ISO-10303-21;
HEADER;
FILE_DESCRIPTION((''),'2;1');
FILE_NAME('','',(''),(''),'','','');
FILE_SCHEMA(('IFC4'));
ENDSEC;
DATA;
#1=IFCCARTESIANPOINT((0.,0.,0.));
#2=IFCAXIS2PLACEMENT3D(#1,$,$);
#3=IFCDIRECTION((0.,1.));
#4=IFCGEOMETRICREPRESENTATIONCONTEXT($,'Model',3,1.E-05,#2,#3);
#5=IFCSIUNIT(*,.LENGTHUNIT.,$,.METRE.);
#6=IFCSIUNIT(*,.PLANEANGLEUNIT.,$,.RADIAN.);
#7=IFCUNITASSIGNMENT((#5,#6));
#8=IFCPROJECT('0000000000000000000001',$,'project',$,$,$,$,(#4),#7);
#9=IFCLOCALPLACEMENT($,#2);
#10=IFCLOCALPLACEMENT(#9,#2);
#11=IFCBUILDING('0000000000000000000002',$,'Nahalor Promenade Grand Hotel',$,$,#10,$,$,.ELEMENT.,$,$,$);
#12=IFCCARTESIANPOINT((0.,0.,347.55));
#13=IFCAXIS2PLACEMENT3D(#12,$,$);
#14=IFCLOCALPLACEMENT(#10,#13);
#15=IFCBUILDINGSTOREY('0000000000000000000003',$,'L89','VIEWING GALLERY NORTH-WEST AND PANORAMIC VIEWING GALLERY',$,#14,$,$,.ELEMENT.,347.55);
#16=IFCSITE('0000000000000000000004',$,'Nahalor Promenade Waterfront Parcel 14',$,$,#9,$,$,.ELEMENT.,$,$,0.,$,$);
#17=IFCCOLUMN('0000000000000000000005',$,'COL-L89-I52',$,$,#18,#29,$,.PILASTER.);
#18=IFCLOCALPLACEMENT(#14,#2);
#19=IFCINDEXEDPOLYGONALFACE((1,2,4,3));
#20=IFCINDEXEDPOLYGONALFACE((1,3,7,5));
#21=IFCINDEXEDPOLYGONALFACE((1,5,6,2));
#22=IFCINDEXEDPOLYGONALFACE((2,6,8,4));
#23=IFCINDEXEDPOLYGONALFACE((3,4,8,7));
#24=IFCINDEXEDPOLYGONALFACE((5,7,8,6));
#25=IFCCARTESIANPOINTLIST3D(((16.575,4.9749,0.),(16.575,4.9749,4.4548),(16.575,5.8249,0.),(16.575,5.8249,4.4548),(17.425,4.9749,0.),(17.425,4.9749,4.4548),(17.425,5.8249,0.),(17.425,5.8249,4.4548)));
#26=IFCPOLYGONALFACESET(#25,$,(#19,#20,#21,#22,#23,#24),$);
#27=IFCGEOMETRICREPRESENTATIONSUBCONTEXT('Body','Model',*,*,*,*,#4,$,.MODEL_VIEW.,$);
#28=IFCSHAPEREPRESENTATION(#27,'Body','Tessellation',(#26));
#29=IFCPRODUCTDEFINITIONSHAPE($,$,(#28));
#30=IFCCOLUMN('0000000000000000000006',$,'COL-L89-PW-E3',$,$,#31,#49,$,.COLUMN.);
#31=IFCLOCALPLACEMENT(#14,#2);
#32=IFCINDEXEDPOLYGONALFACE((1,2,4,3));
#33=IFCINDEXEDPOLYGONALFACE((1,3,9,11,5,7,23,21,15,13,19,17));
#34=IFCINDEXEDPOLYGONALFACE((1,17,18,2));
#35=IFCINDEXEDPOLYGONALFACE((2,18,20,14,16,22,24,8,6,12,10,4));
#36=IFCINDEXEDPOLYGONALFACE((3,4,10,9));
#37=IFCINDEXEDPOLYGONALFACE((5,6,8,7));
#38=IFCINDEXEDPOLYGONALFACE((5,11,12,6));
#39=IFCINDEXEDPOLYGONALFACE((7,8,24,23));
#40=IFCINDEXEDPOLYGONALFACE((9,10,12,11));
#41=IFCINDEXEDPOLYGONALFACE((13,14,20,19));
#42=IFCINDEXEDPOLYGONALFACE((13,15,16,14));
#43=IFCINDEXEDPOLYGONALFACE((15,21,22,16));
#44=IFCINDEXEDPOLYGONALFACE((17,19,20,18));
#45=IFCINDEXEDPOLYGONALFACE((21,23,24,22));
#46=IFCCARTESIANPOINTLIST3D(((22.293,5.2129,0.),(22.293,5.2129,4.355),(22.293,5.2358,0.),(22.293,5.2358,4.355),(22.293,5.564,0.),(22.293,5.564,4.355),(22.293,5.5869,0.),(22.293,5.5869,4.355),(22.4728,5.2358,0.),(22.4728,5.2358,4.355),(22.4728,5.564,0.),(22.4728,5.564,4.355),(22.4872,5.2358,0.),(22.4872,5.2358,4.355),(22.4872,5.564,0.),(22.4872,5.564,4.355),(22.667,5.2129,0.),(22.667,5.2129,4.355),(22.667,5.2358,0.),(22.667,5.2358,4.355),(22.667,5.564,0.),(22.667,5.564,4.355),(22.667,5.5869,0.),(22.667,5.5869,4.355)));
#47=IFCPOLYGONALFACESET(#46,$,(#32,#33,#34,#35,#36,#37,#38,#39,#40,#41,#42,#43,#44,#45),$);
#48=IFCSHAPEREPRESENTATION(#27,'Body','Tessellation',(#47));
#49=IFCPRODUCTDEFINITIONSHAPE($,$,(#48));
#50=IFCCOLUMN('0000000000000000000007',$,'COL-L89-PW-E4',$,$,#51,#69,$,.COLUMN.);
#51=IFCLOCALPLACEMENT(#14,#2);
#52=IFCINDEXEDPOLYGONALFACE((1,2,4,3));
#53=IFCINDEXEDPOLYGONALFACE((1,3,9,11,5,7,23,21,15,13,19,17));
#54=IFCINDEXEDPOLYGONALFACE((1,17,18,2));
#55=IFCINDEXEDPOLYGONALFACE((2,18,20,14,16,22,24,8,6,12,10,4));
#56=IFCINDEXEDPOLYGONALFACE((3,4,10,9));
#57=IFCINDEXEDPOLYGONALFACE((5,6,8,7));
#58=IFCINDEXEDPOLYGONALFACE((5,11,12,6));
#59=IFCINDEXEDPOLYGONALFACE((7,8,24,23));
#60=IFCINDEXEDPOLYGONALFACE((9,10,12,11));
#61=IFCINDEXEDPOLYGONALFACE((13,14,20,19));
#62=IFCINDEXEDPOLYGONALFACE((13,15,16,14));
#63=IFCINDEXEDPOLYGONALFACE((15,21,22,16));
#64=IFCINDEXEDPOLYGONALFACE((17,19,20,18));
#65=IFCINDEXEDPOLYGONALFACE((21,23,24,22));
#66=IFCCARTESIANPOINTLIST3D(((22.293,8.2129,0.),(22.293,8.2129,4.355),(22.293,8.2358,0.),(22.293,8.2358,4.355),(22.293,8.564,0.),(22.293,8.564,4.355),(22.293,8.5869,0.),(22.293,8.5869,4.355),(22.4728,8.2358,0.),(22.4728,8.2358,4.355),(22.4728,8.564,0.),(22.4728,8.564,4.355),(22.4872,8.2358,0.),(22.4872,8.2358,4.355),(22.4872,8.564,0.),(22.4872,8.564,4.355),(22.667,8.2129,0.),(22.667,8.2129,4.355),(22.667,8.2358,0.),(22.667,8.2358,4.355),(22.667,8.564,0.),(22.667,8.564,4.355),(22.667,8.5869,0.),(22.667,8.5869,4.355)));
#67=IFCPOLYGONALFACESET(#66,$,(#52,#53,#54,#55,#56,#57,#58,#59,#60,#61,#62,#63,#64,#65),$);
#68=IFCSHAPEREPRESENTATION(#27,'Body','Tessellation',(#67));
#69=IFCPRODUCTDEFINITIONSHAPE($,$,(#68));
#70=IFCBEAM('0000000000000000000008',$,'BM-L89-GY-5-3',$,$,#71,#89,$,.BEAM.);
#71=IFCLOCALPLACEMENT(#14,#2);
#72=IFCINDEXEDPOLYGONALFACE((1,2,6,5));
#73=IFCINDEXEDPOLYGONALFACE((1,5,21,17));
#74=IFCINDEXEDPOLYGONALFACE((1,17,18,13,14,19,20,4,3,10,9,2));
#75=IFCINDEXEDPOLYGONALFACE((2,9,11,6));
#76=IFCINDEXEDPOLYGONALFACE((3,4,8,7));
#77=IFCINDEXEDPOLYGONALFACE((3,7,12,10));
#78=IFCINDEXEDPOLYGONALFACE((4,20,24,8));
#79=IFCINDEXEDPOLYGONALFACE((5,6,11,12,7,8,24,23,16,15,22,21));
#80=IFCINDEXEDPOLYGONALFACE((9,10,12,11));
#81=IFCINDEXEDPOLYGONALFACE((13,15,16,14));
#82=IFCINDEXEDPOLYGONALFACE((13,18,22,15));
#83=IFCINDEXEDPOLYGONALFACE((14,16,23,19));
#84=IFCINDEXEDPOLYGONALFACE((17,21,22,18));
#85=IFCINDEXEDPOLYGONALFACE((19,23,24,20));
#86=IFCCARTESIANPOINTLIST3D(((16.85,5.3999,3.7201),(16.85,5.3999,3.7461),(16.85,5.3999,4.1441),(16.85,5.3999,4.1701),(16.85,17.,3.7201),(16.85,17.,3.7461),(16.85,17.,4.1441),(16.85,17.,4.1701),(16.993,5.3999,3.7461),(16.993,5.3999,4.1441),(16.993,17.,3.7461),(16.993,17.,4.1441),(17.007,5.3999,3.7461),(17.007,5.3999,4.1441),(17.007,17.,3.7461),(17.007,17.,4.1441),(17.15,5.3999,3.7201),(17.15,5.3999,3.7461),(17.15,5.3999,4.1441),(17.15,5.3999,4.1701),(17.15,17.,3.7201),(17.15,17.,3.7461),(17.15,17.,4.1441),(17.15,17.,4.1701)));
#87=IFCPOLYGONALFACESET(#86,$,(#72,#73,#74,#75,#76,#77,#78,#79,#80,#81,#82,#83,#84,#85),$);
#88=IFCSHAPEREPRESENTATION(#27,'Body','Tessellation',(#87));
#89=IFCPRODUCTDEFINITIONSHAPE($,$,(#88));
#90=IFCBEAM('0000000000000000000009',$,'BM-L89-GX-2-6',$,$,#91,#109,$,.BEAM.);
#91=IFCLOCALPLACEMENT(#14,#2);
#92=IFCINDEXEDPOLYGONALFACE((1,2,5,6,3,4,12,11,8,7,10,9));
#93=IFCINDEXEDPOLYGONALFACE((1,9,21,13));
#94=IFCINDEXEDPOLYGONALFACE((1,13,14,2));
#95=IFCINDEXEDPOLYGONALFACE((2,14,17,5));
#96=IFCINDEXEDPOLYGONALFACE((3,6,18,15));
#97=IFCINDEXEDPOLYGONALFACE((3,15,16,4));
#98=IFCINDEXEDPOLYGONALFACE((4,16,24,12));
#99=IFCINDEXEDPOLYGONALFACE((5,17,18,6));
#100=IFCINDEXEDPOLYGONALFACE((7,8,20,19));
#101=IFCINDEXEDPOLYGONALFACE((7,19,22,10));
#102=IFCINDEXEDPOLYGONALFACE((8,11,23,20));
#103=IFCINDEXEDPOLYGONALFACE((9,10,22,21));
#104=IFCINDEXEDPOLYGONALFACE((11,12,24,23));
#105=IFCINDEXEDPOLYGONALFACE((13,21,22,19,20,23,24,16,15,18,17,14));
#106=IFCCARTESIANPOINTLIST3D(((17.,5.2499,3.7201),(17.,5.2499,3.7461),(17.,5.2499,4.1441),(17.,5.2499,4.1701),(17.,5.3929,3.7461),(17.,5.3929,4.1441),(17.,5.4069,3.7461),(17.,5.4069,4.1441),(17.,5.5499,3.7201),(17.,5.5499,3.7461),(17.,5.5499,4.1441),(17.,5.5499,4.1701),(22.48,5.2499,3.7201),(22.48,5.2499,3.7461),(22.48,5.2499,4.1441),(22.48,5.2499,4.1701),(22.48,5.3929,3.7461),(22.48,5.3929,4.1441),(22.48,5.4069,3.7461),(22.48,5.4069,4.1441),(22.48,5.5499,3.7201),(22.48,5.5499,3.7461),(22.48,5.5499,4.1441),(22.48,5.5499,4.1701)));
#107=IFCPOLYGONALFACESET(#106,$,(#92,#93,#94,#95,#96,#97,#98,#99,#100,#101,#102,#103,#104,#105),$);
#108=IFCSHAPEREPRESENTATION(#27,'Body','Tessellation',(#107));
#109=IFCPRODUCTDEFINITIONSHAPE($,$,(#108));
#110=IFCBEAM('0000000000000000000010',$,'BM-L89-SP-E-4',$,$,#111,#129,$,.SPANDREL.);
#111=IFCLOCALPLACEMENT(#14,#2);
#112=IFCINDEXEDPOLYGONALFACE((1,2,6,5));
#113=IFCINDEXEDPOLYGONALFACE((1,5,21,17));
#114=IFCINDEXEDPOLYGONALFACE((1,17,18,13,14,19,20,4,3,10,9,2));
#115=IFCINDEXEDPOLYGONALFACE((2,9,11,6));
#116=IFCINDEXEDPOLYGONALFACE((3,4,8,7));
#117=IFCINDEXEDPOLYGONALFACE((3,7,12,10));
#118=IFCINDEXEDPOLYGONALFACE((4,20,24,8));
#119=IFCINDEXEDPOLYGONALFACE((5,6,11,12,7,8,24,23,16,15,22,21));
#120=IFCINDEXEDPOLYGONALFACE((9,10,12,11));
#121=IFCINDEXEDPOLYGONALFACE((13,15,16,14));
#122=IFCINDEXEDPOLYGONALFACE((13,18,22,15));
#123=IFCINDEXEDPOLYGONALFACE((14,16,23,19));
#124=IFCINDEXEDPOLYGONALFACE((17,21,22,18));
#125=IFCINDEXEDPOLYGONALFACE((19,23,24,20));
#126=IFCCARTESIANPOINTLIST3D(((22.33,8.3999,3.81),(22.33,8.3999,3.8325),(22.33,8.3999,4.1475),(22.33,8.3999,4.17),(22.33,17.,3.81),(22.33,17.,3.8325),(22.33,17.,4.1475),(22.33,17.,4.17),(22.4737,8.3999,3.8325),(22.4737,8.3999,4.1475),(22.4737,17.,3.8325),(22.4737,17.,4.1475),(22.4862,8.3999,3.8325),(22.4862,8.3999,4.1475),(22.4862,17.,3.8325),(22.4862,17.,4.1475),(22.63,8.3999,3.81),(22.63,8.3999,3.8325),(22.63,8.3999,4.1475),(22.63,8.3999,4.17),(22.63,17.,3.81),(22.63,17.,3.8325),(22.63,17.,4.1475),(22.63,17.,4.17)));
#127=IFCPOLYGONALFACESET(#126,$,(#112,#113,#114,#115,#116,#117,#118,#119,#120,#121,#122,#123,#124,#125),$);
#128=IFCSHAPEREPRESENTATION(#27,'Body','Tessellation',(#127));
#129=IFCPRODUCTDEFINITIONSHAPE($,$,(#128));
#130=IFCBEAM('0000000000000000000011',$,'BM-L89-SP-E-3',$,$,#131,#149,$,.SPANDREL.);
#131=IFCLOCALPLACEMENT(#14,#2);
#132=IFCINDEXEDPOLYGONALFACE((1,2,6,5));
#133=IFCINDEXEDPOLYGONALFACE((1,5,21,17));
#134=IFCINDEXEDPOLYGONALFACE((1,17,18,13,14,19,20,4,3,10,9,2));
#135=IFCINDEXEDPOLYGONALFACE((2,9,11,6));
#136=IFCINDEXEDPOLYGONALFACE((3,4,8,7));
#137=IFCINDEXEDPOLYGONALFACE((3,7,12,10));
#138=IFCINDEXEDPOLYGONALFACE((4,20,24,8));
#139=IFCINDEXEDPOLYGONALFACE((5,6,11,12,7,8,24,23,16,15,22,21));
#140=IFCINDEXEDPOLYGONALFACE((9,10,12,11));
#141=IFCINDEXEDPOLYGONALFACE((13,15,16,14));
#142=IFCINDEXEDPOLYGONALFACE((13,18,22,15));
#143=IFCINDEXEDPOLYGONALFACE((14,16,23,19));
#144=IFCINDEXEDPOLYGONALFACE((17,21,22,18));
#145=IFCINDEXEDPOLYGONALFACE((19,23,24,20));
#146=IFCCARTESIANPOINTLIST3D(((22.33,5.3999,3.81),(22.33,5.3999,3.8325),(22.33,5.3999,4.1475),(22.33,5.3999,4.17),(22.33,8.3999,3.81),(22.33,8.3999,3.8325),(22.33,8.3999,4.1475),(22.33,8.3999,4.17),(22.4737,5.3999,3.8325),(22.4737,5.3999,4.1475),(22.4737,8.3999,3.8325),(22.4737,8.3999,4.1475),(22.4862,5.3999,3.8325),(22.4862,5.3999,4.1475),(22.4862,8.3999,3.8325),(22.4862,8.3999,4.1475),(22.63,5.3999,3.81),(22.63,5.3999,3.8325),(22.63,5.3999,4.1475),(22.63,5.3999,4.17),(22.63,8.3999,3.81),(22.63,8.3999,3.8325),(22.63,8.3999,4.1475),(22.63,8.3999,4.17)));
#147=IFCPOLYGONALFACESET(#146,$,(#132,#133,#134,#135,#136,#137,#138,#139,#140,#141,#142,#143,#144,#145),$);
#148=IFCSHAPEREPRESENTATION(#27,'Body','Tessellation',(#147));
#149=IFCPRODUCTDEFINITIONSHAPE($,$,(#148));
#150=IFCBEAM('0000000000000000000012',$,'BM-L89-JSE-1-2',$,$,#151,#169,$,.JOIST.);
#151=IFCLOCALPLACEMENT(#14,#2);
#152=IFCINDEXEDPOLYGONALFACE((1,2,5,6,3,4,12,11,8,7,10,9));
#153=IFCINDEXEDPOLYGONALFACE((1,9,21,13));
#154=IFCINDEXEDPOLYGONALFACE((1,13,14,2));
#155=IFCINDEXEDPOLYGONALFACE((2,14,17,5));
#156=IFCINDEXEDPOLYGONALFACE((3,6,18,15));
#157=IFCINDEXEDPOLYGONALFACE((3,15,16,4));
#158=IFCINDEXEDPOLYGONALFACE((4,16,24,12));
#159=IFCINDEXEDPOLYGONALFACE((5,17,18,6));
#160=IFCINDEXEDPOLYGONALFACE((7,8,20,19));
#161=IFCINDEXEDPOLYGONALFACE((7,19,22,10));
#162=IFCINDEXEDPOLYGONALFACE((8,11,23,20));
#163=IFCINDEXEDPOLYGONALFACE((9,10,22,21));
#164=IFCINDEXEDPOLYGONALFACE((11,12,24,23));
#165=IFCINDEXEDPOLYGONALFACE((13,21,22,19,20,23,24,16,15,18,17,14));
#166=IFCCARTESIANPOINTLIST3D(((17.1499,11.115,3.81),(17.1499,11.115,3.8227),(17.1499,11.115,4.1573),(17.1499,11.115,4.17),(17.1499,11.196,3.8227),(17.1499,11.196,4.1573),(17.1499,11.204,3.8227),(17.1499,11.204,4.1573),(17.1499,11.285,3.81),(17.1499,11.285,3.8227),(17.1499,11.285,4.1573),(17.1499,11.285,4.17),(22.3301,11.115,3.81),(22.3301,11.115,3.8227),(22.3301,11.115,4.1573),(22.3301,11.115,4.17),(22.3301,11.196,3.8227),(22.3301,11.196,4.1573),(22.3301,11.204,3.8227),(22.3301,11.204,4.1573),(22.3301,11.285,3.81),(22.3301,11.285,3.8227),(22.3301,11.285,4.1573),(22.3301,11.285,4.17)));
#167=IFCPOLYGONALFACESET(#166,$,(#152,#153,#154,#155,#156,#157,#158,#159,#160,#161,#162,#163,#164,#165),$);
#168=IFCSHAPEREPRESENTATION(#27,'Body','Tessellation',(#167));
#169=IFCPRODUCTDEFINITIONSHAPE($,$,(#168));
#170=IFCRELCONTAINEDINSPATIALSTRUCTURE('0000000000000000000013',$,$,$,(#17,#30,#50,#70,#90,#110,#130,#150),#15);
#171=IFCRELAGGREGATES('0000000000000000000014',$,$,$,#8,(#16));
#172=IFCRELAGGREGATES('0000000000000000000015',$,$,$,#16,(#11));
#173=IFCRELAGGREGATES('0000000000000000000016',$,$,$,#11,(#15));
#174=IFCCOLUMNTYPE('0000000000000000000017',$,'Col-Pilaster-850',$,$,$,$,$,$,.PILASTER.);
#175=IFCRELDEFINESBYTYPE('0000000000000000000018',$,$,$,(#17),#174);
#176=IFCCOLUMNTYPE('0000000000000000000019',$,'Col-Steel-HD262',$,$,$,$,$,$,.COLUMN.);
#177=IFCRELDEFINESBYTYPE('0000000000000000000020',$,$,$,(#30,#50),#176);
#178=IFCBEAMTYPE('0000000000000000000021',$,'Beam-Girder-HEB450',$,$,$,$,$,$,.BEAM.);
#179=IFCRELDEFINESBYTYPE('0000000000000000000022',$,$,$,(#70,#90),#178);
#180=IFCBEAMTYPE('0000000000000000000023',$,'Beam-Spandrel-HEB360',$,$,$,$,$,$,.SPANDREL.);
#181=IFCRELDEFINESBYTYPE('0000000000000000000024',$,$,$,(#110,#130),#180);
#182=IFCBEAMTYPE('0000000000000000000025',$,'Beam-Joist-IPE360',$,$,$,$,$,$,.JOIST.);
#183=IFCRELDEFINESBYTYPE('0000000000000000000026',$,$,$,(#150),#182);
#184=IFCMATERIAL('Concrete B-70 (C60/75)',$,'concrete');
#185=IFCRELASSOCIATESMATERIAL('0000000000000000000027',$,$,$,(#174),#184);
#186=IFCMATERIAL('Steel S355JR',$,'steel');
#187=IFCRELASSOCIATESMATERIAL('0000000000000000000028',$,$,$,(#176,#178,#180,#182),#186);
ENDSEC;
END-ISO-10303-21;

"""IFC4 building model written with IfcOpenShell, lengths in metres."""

from ifc_helpers import new_model, si_unit, direction, frame, origin, origin_2d, place, context, subcontext, project, spatial, rectangle, i_section, extrude, source, transform, mapped, material, material_profile, profile_set, type_object, element, save


model = new_model("IFC4")

# Units and contexts
model_context = context("Model", 3, precision=1e-05, world=origin(), true_north=direction((0.0, 1.0)))
body_context = subcontext(model_context, "Body", "Model", "MODEL_VIEW")
ifc_project = project(units=[si_unit("LENGTHUNIT", "METRE"), si_unit("PLANEANGLEUNIT", "RADIAN")], contexts=[model_context])

# Site, building, storey
site_placement = place(None, origin())
site = spatial("IfcSite", under=ifc_project, at=site_placement, Name="Nahalor Promenade Waterfront Parcel 14", CompositionType="ELEMENT", RefElevation=0.0)
building_placement = place(site_placement, origin())
building = spatial("IfcBuilding", under=site, at=building_placement, Name="Nahalor Promenade Grand Hotel", CompositionType="ELEMENT")
storey_placement = place(building_placement, frame((0.0, 0.0, 347.55)))
storey = spatial("IfcBuildingStorey", under=building, at=storey_placement, Name="L89", Description="VIEWING GALLERY NORTH-WEST AND PANORAMIC VIEWING GALLERY", CompositionType="ELEMENT", Elevation=347.55)

# Columns
ifc_material_1 = material(Name="Concrete B-70 (C60/75)", Category="concrete")
ifc_material_profile_1 = material_profile(ifc_material_1, rectangle(XDim=0.85, YDim=0.85, at=origin_2d()), Name="RC 850x850")
ifc_profile_set_1 = profile_set([ifc_material_profile_1], Name="Concrete B-70 (C60/75)")
column_type_1 = type_object("IfcColumnType", Name="Col-Pilaster-850", PredefinedType="PILASTER", material=ifc_profile_set_1)
shared_shape_1 = source(origin(), body_context, "Body", "SweptSolid", [
    extrude(rectangle(XDim=0.85, YDim=0.85, at=origin_2d()), origin(), (0.0, 0.0, 1.0), 4.4548),
])
column_placement = place(storey_placement, frame((17.0, 5.3999, 0.0), z_axis=(0.0, 0.0, 1.0), x_axis=(1.0, 0.0, 0.0)))
element("IfcColumn", 1, at=column_placement, inside=storey, type_object=column_type_1, Name="COL-L89-I52", PredefinedType="PILASTER", context=body_context, shape_type="MappedRepresentation", body=[
    mapped(shared_shape_1, transform((0.0, 0.0, 0.0), scale=1.0)),
])
ifc_material_2 = material(Name="Steel S355JR", Category="steel")
ifc_material_profile_2 = material_profile(ifc_material_2, i_section(OverallWidth=0.374, OverallDepth=0.374, WebThickness=0.0144, FlangeThickness=0.0229, at=origin_2d()), Name="HD 360x262")
ifc_profile_set_2 = profile_set([ifc_material_profile_2], Name="Steel S355JR")
column_type_2 = type_object("IfcColumnType", Name="Col-Steel-HD262", PredefinedType="COLUMN", material=ifc_profile_set_2)
shared_shape_2 = source(origin(), body_context, "Body", "SweptSolid", [
    extrude(i_section(OverallWidth=0.374, OverallDepth=0.374, WebThickness=0.0144, FlangeThickness=0.0229, at=origin_2d()), origin(), (0.0, 0.0, 1.0), 4.355),
])
for number, where, z_axis, x_axis, name in (
    (2, (22.48, 5.3999, 0.0), (0.0, 0.0, 1.0), (1.0, 0.0, 0.0), "COL-L89-PW-E3"),
    (3, (22.48, 8.3999, 0.0), (0.0, 0.0, 1.0), (1.0, 0.0, 0.0), "COL-L89-PW-E4"),
):
    element("IfcColumn", number, at=place(storey_placement, frame(where, z_axis=z_axis, x_axis=x_axis)), inside=storey, type_object=column_type_2, Name=name, PredefinedType="COLUMN", context=body_context, shape_type="MappedRepresentation", body=[
        mapped(shared_shape_2, transform((0.0, 0.0, 0.0), scale=1.0)),
    ])

# Beams
ifc_material_profile_3 = material_profile(ifc_material_2, i_section(OverallWidth=0.3, OverallDepth=0.45, WebThickness=0.014, FlangeThickness=0.026, at=origin_2d()), Name="HEB 450")
ifc_profile_set_3 = profile_set([ifc_material_profile_3], Name="Steel S355JR")
beam_type_1 = type_object("IfcBeamType", Name="Beam-Girder-HEB450", PredefinedType="BEAM", material=ifc_profile_set_3)
shared_shape_3 = source(origin(), body_context, "Body", "SweptSolid", [
    extrude(i_section(OverallWidth=0.3, OverallDepth=0.45, WebThickness=0.014, FlangeThickness=0.026, at=origin_2d()), origin(), (0.0, 0.0, 1.0), 11.6001),
])
beam_1_placement = place(storey_placement, frame((17.0, 5.3999, 3.9451), z_axis=(0.0, 1.0, 0.0), x_axis=(-1.0, 0.0, 0.0)))
element("IfcBeam", 4, at=beam_1_placement, inside=storey, type_object=beam_type_1, Name="BM-L89-GY-5-3", PredefinedType="BEAM", context=body_context, shape_type="MappedRepresentation", body=[
    mapped(shared_shape_3, transform((0.0, 0.0, 0.0), scale=1.0)),
])
shared_shape_4 = source(origin(), body_context, "Body", "SweptSolid", [
    extrude(i_section(OverallWidth=0.3, OverallDepth=0.45, WebThickness=0.014, FlangeThickness=0.026, at=origin_2d()), origin(), (0.0, 0.0, 1.0), 5.48),
])
beam_2_placement = place(storey_placement, frame((17.0, 5.3999, 3.9451), z_axis=(1.0, 0.0, 0.0), x_axis=(0.0, 1.0, 0.0)))
element("IfcBeam", 5, at=beam_2_placement, inside=storey, type_object=beam_type_1, Name="BM-L89-GX-2-6", PredefinedType="BEAM", context=body_context, shape_type="MappedRepresentation", body=[
    mapped(shared_shape_4, transform((0.0, 0.0, 0.0), scale=1.0)),
])
ifc_material_profile_4 = material_profile(ifc_material_2, i_section(OverallWidth=0.3, OverallDepth=0.36, WebThickness=0.0125, FlangeThickness=0.0225, at=origin_2d()), Name="HEB 360")
ifc_profile_set_4 = profile_set([ifc_material_profile_4], Name="Steel S355JR")
beam_type_2 = type_object("IfcBeamType", Name="Beam-Spandrel-HEB360", PredefinedType="SPANDREL", material=ifc_profile_set_4)
shared_shape_5 = source(origin(), body_context, "Body", "SweptSolid", [
    extrude(i_section(OverallWidth=0.3, OverallDepth=0.36, WebThickness=0.0125, FlangeThickness=0.0225, at=origin_2d()), origin(), (0.0, 0.0, 1.0), 8.6001),
])
beam_3_placement = place(storey_placement, frame((22.48, 8.3999, 3.99), z_axis=(0.0, 1.0, 0.0), x_axis=(-1.0, 0.0, 0.0)))
element("IfcBeam", 6, at=beam_3_placement, inside=storey, type_object=beam_type_2, Name="BM-L89-SP-E-4", PredefinedType="SPANDREL", context=body_context, shape_type="MappedRepresentation", body=[
    mapped(shared_shape_5, transform((0.0, 0.0, 0.0), scale=1.0)),
])
shared_shape_6 = source(origin(), body_context, "Body", "SweptSolid", [
    extrude(i_section(OverallWidth=0.3, OverallDepth=0.36, WebThickness=0.0125, FlangeThickness=0.0225, at=origin_2d()), origin(), (0.0, 0.0, 1.0), 3.0),
])
beam_4_placement = place(storey_placement, frame((22.48, 5.3999, 3.99), z_axis=(0.0, 1.0, 0.0), x_axis=(-1.0, 0.0, 0.0)))
element("IfcBeam", 7, at=beam_4_placement, inside=storey, type_object=beam_type_2, Name="BM-L89-SP-E-3", PredefinedType="SPANDREL", context=body_context, shape_type="MappedRepresentation", body=[
    mapped(shared_shape_6, transform((0.0, 0.0, 0.0), scale=1.0)),
])
ifc_material_profile_5 = material_profile(ifc_material_2, i_section(OverallWidth=0.17, OverallDepth=0.36, WebThickness=0.008, FlangeThickness=0.0127, at=origin_2d()), Name="IPE 360")
ifc_profile_set_5 = profile_set([ifc_material_profile_5], Name="Steel S355JR")
beam_type_3 = type_object("IfcBeamType", Name="Beam-Joist-IPE360", PredefinedType="JOIST", material=ifc_profile_set_5)
shared_shape_7 = source(origin(), body_context, "Body", "SweptSolid", [
    extrude(i_section(OverallWidth=0.17, OverallDepth=0.36, WebThickness=0.008, FlangeThickness=0.0127, at=origin_2d()), origin(), (0.0, 0.0, 1.0), 5.1802),
])
beam_5_placement = place(storey_placement, frame((17.1499, 11.2, 3.99), z_axis=(1.0, 0.0, 0.0), x_axis=(0.0, 1.0, 0.0)))
element("IfcBeam", 8, at=beam_5_placement, inside=storey, type_object=beam_type_3, Name="BM-L89-JSE-1-2", PredefinedType="JOIST", context=body_context, shape_type="MappedRepresentation", body=[
    mapped(shared_shape_7, transform((0.0, 0.0, 0.0), scale=1.0)),
])

save(model, "model.ifc")
